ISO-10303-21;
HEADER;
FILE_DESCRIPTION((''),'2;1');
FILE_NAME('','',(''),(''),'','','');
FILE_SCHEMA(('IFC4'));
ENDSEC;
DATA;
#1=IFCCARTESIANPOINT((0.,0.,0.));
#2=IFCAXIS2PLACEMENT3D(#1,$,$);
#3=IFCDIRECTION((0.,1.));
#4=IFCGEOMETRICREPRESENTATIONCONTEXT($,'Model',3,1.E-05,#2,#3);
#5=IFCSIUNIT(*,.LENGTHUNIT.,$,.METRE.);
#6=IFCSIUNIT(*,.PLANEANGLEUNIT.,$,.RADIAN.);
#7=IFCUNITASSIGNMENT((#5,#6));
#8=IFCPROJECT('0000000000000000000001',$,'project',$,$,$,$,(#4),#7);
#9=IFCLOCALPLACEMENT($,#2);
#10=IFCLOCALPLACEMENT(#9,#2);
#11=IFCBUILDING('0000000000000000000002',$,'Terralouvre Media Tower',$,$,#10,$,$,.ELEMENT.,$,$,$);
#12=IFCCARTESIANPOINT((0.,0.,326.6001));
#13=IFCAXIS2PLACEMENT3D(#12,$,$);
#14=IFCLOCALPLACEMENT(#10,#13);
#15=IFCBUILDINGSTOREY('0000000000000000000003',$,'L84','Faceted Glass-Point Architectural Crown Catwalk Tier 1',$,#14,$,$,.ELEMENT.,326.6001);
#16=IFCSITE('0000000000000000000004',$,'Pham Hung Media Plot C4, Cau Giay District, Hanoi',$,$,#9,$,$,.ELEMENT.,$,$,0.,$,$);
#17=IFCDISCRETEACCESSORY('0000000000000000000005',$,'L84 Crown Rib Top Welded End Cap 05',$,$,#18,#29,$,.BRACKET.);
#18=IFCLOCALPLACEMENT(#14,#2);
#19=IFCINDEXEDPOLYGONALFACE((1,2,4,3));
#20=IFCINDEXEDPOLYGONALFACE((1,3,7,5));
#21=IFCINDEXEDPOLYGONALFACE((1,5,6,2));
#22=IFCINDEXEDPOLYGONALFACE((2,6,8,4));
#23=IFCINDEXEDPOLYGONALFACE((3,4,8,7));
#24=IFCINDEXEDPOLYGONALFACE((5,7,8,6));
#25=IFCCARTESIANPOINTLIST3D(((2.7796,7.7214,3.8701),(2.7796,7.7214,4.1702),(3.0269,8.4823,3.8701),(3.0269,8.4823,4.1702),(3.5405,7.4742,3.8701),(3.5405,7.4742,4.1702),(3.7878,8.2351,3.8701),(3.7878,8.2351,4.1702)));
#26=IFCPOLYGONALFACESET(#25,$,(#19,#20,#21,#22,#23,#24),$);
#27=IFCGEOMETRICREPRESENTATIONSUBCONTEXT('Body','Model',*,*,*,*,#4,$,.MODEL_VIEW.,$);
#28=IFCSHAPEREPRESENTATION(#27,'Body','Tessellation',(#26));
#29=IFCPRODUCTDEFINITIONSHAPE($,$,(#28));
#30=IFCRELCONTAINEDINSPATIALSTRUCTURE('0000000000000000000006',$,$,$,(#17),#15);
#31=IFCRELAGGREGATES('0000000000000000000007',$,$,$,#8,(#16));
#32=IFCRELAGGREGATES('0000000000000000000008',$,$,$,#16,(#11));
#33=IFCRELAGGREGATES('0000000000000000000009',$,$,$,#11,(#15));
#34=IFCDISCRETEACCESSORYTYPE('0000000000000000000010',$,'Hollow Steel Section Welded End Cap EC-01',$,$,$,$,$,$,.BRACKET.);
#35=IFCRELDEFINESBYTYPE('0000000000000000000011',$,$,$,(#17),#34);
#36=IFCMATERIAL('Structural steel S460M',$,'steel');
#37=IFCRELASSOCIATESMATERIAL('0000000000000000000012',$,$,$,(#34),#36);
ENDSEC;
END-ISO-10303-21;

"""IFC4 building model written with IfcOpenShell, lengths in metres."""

from ifc_helpers import new_model, si_unit, direction, frame, origin, origin_2d, place, context, subcontext, project, spatial, rectangle, extrude, material, type_object, element, save


model = new_model("IFC4")

# Units and contexts
model_context = context("Model", 3, precision=1e-05, world=origin(), true_north=direction((0.0, 1.0)))
body_context = subcontext(model_context, "Body", "Model", "MODEL_VIEW")
ifc_project = project(units=[si_unit("LENGTHUNIT", "METRE"), si_unit("PLANEANGLEUNIT", "RADIAN")], contexts=[model_context])

# Site, building, storey
site_placement = place(None, origin())
site = spatial("IfcSite", under=ifc_project, at=site_placement, Name="Pham Hung Media Plot C4, Cau Giay District, Hanoi", CompositionType="ELEMENT", RefElevation=0.0)
building_placement = place(site_placement, origin())
building = spatial("IfcBuilding", under=site, at=building_placement, Name="Terralouvre Media Tower", CompositionType="ELEMENT")
storey_placement = place(building_placement, frame((0.0, 0.0, 326.6001)))
storey = spatial("IfcBuildingStorey", under=building, at=storey_placement, Name="L84", Description="Faceted Glass-Point Architectural Crown Catwalk Tier 1", CompositionType="ELEMENT", Elevation=326.6001)

# Discrete accessory
ifc_material_1 = material(Name="Structural steel S460M", Category="steel")
discrete_accessory_type = type_object("IfcDiscreteAccessoryType", Name="Hollow Steel Section Welded End Cap EC-01", PredefinedType="BRACKET", material=ifc_material_1)
discrete_accessory_1_placement = place(storey_placement, frame((3.2837, 7.9783, 3.8701), z_axis=(0.0, 0.0, 1.0), x_axis=(0.309017, 0.951057, 0.0)))
element("IfcDiscreteAccessory", 1, at=discrete_accessory_1_placement, inside=storey, type_object=discrete_accessory_type, Name="L84 Crown Rib Top Welded End Cap 05", PredefinedType="BRACKET", context=body_context, shape_type="SweptSolid", body=[
    extrude(rectangle(XDim=0.8, YDim=0.8, at=origin_2d()), origin(), (0.0, 0.0, 1.0), 0.3),
])

save(model, "model.ifc")
